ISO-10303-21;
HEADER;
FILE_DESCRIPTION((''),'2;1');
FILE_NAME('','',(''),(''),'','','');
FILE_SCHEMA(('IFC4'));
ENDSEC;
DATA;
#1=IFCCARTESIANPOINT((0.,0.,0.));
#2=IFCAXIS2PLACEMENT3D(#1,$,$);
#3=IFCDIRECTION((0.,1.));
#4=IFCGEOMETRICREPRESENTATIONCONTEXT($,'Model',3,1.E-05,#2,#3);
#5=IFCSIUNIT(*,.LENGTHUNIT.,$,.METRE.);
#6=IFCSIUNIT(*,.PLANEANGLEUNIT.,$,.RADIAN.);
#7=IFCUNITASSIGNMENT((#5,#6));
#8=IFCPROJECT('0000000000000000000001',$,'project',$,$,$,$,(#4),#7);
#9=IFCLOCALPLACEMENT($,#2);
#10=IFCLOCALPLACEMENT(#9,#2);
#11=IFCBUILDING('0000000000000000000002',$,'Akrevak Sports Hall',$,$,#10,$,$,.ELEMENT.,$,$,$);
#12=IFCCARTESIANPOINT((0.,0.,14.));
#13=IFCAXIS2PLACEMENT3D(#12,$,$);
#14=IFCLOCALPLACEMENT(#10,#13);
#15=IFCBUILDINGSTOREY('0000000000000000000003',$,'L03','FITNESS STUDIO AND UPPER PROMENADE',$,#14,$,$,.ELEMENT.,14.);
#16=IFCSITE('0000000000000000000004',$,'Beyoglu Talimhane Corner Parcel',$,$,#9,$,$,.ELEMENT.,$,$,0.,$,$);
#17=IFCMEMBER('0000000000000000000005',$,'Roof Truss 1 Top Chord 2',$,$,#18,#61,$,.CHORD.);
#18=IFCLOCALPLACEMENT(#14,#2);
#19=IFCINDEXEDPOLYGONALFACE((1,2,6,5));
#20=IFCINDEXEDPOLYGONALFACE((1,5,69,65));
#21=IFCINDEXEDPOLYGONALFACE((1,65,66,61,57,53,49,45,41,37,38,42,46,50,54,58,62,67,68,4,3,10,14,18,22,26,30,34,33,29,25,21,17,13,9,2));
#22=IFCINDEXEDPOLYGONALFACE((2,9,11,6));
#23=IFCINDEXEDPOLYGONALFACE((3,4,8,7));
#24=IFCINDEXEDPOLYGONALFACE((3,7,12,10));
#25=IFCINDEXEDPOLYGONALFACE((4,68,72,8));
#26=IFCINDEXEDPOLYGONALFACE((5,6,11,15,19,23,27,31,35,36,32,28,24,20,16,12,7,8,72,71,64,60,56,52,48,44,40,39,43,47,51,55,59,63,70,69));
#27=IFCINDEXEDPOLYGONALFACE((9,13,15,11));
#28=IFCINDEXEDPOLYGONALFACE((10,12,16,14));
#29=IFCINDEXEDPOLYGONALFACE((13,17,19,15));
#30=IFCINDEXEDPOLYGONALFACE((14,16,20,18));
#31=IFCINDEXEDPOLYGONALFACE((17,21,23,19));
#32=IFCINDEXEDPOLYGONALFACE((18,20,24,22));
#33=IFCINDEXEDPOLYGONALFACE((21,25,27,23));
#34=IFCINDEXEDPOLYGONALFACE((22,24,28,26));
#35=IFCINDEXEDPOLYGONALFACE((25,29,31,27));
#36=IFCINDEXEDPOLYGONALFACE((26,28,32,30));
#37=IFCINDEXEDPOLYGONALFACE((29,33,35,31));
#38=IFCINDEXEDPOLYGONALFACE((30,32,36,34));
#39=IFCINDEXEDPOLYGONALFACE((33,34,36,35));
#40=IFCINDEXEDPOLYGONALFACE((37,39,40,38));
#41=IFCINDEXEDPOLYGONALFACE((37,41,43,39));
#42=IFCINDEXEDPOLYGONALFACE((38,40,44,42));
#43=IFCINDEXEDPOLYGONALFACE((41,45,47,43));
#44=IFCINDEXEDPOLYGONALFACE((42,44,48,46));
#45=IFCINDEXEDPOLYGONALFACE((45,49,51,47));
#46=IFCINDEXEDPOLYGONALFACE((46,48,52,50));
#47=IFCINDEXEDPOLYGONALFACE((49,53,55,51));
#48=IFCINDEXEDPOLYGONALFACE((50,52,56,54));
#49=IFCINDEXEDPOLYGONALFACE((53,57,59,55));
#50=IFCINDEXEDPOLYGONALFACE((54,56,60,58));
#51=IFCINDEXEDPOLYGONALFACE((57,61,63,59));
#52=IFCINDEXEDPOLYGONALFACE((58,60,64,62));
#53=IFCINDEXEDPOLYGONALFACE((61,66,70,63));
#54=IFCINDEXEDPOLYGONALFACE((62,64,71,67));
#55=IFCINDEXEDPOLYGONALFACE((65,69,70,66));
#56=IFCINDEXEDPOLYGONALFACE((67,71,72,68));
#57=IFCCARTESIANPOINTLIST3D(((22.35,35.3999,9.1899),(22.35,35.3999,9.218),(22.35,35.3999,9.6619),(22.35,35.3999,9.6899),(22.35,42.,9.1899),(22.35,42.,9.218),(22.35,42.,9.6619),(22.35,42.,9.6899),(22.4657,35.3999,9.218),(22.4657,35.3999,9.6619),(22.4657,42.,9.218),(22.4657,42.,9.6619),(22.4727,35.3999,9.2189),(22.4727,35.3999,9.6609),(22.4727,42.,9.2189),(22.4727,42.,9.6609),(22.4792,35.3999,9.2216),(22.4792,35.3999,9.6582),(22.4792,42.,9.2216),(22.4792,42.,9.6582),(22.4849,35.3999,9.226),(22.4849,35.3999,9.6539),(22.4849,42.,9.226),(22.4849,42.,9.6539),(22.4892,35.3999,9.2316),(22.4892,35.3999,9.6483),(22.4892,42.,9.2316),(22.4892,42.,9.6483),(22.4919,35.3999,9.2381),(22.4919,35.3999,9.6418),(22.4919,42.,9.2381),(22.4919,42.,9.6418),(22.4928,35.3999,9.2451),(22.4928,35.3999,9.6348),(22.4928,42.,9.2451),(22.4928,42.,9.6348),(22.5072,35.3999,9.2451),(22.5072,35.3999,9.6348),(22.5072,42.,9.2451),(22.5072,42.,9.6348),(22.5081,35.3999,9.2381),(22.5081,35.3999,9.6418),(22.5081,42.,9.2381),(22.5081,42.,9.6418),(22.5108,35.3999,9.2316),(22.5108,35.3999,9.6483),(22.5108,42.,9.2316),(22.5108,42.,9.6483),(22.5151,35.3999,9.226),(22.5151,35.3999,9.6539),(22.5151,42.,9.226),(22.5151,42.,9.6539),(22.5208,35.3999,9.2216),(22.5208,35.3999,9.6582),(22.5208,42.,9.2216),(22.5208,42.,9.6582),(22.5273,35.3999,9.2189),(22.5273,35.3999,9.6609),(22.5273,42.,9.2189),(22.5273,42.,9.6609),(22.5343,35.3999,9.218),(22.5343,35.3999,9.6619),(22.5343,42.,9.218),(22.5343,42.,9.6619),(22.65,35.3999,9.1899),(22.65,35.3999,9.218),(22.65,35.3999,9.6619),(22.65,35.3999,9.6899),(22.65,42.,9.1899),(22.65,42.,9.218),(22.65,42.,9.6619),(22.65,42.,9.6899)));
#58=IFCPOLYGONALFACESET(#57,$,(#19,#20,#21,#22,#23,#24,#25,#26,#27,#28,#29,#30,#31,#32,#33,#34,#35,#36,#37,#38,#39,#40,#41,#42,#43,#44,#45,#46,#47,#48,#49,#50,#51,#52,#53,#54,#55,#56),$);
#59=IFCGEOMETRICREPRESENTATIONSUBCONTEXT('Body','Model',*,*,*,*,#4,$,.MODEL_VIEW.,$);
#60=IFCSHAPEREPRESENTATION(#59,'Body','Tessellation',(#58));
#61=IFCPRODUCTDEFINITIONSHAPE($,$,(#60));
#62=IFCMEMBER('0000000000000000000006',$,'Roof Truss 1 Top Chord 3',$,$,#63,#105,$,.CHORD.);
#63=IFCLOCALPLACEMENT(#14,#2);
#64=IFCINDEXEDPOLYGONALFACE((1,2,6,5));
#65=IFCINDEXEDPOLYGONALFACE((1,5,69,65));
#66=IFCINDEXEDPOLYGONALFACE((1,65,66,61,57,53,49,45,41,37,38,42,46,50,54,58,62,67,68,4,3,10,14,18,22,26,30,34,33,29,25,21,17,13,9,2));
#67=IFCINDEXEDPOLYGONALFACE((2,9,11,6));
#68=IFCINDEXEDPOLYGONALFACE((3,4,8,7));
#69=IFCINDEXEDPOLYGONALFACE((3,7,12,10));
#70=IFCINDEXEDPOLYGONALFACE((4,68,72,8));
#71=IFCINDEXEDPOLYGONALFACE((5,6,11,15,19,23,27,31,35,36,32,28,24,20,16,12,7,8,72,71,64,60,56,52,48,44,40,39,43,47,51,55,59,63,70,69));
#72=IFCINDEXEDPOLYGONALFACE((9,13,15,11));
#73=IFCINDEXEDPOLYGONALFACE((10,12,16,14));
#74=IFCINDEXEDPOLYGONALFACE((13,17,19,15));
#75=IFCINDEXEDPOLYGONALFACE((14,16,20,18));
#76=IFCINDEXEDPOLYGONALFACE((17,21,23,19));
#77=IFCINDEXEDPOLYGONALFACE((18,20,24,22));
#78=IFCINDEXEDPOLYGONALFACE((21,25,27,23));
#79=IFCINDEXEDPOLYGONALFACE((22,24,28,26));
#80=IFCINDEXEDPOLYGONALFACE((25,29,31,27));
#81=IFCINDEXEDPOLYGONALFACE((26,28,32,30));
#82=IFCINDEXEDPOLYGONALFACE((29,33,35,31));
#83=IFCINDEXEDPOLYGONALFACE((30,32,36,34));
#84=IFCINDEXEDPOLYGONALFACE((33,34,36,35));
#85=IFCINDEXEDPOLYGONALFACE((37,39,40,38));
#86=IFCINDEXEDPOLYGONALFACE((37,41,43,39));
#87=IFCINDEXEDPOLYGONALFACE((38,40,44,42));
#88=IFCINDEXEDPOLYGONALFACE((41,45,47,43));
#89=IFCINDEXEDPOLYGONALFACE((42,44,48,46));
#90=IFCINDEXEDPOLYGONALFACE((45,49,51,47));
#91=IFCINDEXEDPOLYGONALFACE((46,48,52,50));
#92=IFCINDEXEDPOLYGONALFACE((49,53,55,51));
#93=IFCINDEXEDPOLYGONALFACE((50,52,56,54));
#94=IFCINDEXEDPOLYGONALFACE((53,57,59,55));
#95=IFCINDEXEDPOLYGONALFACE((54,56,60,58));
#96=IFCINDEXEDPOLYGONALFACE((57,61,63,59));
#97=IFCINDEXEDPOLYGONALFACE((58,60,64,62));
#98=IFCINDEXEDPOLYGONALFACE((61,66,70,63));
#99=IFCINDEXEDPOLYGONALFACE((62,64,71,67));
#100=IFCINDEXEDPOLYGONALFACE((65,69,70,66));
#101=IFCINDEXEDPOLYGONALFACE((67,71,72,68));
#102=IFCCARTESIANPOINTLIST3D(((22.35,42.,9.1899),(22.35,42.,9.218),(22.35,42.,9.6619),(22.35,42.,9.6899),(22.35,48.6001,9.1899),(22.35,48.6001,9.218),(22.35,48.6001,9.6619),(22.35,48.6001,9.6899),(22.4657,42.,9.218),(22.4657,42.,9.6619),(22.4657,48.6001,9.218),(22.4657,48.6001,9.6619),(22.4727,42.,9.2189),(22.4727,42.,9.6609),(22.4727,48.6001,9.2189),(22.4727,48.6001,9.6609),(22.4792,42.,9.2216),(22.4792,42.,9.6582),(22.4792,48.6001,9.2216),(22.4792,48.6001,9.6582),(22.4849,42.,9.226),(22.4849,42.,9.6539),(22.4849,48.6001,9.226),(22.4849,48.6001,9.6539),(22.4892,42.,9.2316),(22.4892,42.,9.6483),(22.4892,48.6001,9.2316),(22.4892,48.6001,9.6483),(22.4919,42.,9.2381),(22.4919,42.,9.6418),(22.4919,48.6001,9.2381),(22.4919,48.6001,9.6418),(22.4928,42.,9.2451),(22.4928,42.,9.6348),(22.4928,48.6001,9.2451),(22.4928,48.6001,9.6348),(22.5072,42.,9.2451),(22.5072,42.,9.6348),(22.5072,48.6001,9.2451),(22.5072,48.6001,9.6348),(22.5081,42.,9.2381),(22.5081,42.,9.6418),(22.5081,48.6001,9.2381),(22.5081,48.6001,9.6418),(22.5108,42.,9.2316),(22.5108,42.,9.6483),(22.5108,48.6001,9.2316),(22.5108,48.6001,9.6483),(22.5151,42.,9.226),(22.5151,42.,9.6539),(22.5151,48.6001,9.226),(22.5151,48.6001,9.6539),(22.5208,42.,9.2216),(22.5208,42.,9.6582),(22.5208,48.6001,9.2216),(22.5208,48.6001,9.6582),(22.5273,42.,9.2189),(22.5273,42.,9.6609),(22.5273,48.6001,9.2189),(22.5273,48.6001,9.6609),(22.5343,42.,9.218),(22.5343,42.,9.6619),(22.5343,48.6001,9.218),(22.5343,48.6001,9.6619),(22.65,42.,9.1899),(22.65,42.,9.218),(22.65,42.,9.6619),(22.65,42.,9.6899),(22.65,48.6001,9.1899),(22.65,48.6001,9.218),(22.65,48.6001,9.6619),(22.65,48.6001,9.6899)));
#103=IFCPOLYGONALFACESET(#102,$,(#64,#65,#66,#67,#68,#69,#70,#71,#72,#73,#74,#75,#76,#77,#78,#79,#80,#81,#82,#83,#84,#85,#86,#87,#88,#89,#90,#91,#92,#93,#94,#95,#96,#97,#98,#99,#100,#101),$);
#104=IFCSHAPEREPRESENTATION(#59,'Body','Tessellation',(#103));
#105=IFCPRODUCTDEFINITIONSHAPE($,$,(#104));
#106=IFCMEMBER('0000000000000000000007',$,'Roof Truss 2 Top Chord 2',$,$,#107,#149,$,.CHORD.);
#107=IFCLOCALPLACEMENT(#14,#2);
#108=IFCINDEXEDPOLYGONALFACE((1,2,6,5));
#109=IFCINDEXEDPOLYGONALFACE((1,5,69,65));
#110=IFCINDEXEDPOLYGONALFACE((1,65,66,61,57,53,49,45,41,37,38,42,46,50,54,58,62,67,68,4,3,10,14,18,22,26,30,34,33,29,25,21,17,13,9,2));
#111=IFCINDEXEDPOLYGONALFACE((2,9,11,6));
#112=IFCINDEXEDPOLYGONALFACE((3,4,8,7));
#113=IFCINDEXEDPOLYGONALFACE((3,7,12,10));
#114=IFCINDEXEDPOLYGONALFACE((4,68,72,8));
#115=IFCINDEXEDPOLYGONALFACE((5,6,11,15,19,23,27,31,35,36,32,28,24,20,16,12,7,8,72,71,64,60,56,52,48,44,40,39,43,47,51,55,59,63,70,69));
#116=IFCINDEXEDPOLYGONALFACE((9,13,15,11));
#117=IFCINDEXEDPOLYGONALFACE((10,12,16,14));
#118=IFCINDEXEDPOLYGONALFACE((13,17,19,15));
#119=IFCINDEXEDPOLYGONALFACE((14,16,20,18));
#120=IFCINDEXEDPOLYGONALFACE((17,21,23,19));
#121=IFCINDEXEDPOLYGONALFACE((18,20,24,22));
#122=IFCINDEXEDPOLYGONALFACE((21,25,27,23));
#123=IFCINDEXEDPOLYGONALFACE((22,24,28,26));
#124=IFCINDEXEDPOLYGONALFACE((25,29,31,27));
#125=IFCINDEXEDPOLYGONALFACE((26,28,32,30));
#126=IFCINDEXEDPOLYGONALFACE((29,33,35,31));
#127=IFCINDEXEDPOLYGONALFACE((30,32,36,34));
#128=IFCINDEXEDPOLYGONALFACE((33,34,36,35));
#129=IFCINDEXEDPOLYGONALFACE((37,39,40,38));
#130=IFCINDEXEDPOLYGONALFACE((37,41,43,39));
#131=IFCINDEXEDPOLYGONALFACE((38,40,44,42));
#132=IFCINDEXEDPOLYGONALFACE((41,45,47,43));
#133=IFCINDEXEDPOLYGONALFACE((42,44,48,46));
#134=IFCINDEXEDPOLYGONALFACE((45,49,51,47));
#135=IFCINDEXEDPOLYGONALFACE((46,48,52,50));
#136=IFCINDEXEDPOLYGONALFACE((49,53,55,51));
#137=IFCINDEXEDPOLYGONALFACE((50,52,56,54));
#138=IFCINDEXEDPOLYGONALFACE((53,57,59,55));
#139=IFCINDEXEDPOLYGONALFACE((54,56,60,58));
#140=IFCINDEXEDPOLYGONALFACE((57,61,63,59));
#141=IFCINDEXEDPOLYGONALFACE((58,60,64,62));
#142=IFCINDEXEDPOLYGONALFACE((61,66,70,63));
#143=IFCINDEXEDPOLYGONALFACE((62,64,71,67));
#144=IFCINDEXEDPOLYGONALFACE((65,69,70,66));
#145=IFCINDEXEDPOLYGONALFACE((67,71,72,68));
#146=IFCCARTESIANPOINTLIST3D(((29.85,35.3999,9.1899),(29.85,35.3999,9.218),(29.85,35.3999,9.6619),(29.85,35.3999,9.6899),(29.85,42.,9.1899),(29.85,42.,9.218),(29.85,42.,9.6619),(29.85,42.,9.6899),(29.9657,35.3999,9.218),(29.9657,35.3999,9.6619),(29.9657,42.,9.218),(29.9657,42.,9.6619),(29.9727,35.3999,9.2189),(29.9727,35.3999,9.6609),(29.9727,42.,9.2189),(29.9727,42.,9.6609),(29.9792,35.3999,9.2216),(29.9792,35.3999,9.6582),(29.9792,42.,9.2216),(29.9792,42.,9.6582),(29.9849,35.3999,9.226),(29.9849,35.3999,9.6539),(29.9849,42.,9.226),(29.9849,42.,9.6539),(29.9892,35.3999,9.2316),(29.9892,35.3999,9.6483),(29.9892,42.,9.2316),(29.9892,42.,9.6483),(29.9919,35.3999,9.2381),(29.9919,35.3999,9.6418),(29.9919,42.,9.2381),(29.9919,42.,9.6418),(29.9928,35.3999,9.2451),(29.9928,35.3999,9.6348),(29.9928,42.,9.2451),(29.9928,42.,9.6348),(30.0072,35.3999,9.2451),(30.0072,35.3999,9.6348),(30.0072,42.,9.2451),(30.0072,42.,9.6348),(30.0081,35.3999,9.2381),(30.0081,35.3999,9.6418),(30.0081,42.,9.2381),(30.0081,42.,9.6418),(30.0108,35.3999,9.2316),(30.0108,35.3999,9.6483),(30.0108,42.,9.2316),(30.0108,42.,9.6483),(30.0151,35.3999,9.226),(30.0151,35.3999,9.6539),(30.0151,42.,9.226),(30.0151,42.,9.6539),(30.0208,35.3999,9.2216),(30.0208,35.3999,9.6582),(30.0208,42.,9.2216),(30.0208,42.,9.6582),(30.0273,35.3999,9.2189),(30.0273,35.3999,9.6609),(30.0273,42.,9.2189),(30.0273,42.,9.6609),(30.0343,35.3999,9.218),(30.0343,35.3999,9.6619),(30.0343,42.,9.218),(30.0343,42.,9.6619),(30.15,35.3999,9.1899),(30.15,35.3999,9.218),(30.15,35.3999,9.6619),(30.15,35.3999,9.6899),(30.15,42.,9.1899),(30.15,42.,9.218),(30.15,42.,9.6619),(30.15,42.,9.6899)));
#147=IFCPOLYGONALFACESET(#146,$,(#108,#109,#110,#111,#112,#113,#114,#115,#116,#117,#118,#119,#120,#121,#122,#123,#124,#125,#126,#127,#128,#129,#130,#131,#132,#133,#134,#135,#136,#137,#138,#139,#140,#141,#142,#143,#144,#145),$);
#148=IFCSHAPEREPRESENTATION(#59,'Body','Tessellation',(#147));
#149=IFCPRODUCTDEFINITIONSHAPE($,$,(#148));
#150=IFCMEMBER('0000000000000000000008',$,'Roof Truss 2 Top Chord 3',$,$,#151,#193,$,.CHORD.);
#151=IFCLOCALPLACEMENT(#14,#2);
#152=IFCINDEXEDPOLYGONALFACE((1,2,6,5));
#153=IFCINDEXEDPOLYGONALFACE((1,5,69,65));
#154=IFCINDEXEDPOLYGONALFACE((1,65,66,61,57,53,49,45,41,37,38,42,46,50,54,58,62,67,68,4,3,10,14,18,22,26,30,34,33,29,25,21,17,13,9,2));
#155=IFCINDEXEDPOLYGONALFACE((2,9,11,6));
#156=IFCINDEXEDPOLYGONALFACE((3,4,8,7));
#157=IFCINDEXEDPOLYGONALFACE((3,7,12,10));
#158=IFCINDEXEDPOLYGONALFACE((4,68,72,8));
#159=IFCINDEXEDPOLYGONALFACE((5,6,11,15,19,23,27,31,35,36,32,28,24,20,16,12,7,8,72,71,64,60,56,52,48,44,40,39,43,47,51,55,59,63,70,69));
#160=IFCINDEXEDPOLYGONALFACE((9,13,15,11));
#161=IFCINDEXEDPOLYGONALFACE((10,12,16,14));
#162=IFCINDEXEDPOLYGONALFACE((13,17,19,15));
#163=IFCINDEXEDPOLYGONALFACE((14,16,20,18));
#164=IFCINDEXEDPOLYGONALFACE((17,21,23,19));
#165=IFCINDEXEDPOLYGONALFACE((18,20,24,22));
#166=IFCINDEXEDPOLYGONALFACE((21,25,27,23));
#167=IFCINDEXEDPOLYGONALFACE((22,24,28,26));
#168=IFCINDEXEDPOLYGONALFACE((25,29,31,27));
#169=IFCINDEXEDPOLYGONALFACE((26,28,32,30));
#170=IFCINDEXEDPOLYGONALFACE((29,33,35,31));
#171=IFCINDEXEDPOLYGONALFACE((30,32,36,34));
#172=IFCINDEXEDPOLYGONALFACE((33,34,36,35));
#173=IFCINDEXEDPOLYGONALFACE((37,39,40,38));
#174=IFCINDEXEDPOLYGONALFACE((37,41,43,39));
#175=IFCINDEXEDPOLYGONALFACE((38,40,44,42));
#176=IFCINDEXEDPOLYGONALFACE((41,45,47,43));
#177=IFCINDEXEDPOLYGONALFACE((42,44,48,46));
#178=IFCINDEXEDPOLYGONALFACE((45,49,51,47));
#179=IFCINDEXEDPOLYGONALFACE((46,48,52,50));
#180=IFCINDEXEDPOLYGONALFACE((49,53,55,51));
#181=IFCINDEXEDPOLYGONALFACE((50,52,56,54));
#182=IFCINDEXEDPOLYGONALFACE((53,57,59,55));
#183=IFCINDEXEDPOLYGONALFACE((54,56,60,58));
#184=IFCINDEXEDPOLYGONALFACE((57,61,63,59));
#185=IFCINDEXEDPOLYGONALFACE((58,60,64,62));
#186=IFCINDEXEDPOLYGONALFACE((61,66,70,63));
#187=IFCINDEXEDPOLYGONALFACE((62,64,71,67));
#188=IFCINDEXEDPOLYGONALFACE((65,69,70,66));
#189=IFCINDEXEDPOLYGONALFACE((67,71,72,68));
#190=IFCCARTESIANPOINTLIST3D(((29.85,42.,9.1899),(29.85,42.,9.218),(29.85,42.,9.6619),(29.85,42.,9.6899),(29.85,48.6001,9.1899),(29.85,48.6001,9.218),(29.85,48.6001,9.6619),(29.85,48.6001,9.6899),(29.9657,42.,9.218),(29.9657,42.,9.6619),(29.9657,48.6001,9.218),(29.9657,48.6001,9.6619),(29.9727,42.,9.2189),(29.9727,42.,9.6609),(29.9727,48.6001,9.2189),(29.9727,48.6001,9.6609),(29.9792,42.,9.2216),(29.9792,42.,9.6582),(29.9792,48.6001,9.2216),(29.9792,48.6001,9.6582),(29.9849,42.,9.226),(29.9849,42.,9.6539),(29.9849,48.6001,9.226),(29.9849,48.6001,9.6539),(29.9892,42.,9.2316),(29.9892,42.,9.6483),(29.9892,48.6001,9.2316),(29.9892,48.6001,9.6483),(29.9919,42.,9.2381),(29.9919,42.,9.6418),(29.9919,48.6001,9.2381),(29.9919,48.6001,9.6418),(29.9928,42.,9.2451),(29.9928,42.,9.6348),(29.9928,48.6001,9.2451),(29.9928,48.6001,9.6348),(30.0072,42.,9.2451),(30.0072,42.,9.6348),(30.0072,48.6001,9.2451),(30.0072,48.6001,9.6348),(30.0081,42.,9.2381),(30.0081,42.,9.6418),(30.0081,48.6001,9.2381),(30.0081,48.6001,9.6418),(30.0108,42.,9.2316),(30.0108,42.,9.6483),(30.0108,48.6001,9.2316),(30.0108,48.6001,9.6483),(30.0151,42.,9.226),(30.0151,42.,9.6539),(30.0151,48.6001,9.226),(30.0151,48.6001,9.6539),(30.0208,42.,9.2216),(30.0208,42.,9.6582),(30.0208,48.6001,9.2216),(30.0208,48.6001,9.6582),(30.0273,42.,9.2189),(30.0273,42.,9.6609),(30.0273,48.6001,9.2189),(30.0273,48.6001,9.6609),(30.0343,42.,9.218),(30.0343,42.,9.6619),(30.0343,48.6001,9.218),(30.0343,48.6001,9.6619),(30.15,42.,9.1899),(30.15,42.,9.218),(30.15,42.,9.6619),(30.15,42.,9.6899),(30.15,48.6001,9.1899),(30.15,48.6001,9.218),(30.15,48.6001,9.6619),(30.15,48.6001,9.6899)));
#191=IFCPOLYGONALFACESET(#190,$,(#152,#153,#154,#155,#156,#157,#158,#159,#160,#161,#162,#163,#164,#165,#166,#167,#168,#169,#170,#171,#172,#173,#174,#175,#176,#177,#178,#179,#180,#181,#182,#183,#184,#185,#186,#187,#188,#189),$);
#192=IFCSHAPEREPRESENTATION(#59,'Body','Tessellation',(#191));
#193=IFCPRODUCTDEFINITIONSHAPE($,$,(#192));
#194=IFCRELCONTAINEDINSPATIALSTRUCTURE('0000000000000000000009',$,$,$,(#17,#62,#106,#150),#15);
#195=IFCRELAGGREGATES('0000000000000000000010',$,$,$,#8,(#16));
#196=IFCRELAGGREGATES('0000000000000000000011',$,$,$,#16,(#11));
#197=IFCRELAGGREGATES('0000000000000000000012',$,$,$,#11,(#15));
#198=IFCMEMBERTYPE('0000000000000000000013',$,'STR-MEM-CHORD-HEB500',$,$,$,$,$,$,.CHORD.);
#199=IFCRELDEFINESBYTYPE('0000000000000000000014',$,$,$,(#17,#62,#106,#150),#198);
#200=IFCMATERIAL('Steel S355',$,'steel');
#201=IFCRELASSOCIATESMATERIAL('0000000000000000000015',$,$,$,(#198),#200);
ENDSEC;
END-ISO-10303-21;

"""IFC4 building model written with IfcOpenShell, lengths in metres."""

from ifc_helpers import new_model, si_unit, direction, frame, origin, origin_2d, place, context, subcontext, project, spatial, i_section, extrude, material, material_profile, profile_set, type_object, element, save


model = new_model("IFC4")

# Units and contexts
model_context = context("Model", 3, precision=1e-05, world=origin(), true_north=direction((0.0, 1.0)))
body_context = subcontext(model_context, "Body", "Model", "MODEL_VIEW")
ifc_project = project(units=[si_unit("LENGTHUNIT", "METRE"), si_unit("PLANEANGLEUNIT", "RADIAN")], contexts=[model_context])

# Site, building, storey
site_placement = place(None, origin())
site = spatial("IfcSite", under=ifc_project, at=site_placement, Name="Beyoglu Talimhane Corner Parcel", CompositionType="ELEMENT", RefElevation=0.0)
building_placement = place(site_placement, origin())
building = spatial("IfcBuilding", under=site, at=building_placement, Name="Akrevak Sports Hall", CompositionType="ELEMENT")
storey_placement = place(building_placement, frame((0.0, 0.0, 14.0)))
storey = spatial("IfcBuildingStorey", under=building, at=storey_placement, Name="L03", Description="FITNESS STUDIO AND UPPER PROMENADE", CompositionType="ELEMENT", Elevation=14.0)

# Members
ifc_material_1 = material(Name="Steel S355", Category="steel")
ifc_material_profile_1 = material_profile(ifc_material_1, i_section(OverallWidth=0.3, OverallDepth=0.5, WebThickness=0.0144, FlangeThickness=0.0281, FilletRadius=0.0271, at=origin_2d()), Name="HEB 500", Category="steel")
ifc_profile_set_1 = profile_set([ifc_material_profile_1], Name="Steel S355")
member_type_1 = type_object("IfcMemberType", Name="STR-MEM-CHORD-HEB500", PredefinedType="CHORD", material=ifc_profile_set_1)
for number, where, z_axis, x_axis, name in (
    (1, (22.5, 35.3999, 9.4399), (0.0, 1.0, 0.0), (-1.0, 0.0, 0.0), "Roof Truss 1 Top Chord 2"),
    (2, (22.5, 42.0, 9.4399), (0.0, 1.0, 0.0), (-1.0, 0.0, 0.0), "Roof Truss 1 Top Chord 3"),
    (3, (30.0, 35.3999, 9.4399), (0.0, 1.0, 0.0), (-1.0, 0.0, 0.0), "Roof Truss 2 Top Chord 2"),
    (4, (30.0, 42.0, 9.4399), (0.0, 1.0, 0.0), (-1.0, 0.0, 0.0), "Roof Truss 2 Top Chord 3"),
):
    element("IfcMember", number, at=place(storey_placement, frame(where, z_axis=z_axis, x_axis=x_axis)), inside=storey, type_object=member_type_1, Name=name, PredefinedType="CHORD", context=body_context, shape_type="SweptSolid", body=[
        extrude(i_section(OverallWidth=0.3, OverallDepth=0.5, WebThickness=0.0144, FlangeThickness=0.0281, FilletRadius=0.0271, at=origin_2d()), origin(), (0.0, 0.0, 1.0), 6.6001),
    ])

save(model, "model.ifc")
